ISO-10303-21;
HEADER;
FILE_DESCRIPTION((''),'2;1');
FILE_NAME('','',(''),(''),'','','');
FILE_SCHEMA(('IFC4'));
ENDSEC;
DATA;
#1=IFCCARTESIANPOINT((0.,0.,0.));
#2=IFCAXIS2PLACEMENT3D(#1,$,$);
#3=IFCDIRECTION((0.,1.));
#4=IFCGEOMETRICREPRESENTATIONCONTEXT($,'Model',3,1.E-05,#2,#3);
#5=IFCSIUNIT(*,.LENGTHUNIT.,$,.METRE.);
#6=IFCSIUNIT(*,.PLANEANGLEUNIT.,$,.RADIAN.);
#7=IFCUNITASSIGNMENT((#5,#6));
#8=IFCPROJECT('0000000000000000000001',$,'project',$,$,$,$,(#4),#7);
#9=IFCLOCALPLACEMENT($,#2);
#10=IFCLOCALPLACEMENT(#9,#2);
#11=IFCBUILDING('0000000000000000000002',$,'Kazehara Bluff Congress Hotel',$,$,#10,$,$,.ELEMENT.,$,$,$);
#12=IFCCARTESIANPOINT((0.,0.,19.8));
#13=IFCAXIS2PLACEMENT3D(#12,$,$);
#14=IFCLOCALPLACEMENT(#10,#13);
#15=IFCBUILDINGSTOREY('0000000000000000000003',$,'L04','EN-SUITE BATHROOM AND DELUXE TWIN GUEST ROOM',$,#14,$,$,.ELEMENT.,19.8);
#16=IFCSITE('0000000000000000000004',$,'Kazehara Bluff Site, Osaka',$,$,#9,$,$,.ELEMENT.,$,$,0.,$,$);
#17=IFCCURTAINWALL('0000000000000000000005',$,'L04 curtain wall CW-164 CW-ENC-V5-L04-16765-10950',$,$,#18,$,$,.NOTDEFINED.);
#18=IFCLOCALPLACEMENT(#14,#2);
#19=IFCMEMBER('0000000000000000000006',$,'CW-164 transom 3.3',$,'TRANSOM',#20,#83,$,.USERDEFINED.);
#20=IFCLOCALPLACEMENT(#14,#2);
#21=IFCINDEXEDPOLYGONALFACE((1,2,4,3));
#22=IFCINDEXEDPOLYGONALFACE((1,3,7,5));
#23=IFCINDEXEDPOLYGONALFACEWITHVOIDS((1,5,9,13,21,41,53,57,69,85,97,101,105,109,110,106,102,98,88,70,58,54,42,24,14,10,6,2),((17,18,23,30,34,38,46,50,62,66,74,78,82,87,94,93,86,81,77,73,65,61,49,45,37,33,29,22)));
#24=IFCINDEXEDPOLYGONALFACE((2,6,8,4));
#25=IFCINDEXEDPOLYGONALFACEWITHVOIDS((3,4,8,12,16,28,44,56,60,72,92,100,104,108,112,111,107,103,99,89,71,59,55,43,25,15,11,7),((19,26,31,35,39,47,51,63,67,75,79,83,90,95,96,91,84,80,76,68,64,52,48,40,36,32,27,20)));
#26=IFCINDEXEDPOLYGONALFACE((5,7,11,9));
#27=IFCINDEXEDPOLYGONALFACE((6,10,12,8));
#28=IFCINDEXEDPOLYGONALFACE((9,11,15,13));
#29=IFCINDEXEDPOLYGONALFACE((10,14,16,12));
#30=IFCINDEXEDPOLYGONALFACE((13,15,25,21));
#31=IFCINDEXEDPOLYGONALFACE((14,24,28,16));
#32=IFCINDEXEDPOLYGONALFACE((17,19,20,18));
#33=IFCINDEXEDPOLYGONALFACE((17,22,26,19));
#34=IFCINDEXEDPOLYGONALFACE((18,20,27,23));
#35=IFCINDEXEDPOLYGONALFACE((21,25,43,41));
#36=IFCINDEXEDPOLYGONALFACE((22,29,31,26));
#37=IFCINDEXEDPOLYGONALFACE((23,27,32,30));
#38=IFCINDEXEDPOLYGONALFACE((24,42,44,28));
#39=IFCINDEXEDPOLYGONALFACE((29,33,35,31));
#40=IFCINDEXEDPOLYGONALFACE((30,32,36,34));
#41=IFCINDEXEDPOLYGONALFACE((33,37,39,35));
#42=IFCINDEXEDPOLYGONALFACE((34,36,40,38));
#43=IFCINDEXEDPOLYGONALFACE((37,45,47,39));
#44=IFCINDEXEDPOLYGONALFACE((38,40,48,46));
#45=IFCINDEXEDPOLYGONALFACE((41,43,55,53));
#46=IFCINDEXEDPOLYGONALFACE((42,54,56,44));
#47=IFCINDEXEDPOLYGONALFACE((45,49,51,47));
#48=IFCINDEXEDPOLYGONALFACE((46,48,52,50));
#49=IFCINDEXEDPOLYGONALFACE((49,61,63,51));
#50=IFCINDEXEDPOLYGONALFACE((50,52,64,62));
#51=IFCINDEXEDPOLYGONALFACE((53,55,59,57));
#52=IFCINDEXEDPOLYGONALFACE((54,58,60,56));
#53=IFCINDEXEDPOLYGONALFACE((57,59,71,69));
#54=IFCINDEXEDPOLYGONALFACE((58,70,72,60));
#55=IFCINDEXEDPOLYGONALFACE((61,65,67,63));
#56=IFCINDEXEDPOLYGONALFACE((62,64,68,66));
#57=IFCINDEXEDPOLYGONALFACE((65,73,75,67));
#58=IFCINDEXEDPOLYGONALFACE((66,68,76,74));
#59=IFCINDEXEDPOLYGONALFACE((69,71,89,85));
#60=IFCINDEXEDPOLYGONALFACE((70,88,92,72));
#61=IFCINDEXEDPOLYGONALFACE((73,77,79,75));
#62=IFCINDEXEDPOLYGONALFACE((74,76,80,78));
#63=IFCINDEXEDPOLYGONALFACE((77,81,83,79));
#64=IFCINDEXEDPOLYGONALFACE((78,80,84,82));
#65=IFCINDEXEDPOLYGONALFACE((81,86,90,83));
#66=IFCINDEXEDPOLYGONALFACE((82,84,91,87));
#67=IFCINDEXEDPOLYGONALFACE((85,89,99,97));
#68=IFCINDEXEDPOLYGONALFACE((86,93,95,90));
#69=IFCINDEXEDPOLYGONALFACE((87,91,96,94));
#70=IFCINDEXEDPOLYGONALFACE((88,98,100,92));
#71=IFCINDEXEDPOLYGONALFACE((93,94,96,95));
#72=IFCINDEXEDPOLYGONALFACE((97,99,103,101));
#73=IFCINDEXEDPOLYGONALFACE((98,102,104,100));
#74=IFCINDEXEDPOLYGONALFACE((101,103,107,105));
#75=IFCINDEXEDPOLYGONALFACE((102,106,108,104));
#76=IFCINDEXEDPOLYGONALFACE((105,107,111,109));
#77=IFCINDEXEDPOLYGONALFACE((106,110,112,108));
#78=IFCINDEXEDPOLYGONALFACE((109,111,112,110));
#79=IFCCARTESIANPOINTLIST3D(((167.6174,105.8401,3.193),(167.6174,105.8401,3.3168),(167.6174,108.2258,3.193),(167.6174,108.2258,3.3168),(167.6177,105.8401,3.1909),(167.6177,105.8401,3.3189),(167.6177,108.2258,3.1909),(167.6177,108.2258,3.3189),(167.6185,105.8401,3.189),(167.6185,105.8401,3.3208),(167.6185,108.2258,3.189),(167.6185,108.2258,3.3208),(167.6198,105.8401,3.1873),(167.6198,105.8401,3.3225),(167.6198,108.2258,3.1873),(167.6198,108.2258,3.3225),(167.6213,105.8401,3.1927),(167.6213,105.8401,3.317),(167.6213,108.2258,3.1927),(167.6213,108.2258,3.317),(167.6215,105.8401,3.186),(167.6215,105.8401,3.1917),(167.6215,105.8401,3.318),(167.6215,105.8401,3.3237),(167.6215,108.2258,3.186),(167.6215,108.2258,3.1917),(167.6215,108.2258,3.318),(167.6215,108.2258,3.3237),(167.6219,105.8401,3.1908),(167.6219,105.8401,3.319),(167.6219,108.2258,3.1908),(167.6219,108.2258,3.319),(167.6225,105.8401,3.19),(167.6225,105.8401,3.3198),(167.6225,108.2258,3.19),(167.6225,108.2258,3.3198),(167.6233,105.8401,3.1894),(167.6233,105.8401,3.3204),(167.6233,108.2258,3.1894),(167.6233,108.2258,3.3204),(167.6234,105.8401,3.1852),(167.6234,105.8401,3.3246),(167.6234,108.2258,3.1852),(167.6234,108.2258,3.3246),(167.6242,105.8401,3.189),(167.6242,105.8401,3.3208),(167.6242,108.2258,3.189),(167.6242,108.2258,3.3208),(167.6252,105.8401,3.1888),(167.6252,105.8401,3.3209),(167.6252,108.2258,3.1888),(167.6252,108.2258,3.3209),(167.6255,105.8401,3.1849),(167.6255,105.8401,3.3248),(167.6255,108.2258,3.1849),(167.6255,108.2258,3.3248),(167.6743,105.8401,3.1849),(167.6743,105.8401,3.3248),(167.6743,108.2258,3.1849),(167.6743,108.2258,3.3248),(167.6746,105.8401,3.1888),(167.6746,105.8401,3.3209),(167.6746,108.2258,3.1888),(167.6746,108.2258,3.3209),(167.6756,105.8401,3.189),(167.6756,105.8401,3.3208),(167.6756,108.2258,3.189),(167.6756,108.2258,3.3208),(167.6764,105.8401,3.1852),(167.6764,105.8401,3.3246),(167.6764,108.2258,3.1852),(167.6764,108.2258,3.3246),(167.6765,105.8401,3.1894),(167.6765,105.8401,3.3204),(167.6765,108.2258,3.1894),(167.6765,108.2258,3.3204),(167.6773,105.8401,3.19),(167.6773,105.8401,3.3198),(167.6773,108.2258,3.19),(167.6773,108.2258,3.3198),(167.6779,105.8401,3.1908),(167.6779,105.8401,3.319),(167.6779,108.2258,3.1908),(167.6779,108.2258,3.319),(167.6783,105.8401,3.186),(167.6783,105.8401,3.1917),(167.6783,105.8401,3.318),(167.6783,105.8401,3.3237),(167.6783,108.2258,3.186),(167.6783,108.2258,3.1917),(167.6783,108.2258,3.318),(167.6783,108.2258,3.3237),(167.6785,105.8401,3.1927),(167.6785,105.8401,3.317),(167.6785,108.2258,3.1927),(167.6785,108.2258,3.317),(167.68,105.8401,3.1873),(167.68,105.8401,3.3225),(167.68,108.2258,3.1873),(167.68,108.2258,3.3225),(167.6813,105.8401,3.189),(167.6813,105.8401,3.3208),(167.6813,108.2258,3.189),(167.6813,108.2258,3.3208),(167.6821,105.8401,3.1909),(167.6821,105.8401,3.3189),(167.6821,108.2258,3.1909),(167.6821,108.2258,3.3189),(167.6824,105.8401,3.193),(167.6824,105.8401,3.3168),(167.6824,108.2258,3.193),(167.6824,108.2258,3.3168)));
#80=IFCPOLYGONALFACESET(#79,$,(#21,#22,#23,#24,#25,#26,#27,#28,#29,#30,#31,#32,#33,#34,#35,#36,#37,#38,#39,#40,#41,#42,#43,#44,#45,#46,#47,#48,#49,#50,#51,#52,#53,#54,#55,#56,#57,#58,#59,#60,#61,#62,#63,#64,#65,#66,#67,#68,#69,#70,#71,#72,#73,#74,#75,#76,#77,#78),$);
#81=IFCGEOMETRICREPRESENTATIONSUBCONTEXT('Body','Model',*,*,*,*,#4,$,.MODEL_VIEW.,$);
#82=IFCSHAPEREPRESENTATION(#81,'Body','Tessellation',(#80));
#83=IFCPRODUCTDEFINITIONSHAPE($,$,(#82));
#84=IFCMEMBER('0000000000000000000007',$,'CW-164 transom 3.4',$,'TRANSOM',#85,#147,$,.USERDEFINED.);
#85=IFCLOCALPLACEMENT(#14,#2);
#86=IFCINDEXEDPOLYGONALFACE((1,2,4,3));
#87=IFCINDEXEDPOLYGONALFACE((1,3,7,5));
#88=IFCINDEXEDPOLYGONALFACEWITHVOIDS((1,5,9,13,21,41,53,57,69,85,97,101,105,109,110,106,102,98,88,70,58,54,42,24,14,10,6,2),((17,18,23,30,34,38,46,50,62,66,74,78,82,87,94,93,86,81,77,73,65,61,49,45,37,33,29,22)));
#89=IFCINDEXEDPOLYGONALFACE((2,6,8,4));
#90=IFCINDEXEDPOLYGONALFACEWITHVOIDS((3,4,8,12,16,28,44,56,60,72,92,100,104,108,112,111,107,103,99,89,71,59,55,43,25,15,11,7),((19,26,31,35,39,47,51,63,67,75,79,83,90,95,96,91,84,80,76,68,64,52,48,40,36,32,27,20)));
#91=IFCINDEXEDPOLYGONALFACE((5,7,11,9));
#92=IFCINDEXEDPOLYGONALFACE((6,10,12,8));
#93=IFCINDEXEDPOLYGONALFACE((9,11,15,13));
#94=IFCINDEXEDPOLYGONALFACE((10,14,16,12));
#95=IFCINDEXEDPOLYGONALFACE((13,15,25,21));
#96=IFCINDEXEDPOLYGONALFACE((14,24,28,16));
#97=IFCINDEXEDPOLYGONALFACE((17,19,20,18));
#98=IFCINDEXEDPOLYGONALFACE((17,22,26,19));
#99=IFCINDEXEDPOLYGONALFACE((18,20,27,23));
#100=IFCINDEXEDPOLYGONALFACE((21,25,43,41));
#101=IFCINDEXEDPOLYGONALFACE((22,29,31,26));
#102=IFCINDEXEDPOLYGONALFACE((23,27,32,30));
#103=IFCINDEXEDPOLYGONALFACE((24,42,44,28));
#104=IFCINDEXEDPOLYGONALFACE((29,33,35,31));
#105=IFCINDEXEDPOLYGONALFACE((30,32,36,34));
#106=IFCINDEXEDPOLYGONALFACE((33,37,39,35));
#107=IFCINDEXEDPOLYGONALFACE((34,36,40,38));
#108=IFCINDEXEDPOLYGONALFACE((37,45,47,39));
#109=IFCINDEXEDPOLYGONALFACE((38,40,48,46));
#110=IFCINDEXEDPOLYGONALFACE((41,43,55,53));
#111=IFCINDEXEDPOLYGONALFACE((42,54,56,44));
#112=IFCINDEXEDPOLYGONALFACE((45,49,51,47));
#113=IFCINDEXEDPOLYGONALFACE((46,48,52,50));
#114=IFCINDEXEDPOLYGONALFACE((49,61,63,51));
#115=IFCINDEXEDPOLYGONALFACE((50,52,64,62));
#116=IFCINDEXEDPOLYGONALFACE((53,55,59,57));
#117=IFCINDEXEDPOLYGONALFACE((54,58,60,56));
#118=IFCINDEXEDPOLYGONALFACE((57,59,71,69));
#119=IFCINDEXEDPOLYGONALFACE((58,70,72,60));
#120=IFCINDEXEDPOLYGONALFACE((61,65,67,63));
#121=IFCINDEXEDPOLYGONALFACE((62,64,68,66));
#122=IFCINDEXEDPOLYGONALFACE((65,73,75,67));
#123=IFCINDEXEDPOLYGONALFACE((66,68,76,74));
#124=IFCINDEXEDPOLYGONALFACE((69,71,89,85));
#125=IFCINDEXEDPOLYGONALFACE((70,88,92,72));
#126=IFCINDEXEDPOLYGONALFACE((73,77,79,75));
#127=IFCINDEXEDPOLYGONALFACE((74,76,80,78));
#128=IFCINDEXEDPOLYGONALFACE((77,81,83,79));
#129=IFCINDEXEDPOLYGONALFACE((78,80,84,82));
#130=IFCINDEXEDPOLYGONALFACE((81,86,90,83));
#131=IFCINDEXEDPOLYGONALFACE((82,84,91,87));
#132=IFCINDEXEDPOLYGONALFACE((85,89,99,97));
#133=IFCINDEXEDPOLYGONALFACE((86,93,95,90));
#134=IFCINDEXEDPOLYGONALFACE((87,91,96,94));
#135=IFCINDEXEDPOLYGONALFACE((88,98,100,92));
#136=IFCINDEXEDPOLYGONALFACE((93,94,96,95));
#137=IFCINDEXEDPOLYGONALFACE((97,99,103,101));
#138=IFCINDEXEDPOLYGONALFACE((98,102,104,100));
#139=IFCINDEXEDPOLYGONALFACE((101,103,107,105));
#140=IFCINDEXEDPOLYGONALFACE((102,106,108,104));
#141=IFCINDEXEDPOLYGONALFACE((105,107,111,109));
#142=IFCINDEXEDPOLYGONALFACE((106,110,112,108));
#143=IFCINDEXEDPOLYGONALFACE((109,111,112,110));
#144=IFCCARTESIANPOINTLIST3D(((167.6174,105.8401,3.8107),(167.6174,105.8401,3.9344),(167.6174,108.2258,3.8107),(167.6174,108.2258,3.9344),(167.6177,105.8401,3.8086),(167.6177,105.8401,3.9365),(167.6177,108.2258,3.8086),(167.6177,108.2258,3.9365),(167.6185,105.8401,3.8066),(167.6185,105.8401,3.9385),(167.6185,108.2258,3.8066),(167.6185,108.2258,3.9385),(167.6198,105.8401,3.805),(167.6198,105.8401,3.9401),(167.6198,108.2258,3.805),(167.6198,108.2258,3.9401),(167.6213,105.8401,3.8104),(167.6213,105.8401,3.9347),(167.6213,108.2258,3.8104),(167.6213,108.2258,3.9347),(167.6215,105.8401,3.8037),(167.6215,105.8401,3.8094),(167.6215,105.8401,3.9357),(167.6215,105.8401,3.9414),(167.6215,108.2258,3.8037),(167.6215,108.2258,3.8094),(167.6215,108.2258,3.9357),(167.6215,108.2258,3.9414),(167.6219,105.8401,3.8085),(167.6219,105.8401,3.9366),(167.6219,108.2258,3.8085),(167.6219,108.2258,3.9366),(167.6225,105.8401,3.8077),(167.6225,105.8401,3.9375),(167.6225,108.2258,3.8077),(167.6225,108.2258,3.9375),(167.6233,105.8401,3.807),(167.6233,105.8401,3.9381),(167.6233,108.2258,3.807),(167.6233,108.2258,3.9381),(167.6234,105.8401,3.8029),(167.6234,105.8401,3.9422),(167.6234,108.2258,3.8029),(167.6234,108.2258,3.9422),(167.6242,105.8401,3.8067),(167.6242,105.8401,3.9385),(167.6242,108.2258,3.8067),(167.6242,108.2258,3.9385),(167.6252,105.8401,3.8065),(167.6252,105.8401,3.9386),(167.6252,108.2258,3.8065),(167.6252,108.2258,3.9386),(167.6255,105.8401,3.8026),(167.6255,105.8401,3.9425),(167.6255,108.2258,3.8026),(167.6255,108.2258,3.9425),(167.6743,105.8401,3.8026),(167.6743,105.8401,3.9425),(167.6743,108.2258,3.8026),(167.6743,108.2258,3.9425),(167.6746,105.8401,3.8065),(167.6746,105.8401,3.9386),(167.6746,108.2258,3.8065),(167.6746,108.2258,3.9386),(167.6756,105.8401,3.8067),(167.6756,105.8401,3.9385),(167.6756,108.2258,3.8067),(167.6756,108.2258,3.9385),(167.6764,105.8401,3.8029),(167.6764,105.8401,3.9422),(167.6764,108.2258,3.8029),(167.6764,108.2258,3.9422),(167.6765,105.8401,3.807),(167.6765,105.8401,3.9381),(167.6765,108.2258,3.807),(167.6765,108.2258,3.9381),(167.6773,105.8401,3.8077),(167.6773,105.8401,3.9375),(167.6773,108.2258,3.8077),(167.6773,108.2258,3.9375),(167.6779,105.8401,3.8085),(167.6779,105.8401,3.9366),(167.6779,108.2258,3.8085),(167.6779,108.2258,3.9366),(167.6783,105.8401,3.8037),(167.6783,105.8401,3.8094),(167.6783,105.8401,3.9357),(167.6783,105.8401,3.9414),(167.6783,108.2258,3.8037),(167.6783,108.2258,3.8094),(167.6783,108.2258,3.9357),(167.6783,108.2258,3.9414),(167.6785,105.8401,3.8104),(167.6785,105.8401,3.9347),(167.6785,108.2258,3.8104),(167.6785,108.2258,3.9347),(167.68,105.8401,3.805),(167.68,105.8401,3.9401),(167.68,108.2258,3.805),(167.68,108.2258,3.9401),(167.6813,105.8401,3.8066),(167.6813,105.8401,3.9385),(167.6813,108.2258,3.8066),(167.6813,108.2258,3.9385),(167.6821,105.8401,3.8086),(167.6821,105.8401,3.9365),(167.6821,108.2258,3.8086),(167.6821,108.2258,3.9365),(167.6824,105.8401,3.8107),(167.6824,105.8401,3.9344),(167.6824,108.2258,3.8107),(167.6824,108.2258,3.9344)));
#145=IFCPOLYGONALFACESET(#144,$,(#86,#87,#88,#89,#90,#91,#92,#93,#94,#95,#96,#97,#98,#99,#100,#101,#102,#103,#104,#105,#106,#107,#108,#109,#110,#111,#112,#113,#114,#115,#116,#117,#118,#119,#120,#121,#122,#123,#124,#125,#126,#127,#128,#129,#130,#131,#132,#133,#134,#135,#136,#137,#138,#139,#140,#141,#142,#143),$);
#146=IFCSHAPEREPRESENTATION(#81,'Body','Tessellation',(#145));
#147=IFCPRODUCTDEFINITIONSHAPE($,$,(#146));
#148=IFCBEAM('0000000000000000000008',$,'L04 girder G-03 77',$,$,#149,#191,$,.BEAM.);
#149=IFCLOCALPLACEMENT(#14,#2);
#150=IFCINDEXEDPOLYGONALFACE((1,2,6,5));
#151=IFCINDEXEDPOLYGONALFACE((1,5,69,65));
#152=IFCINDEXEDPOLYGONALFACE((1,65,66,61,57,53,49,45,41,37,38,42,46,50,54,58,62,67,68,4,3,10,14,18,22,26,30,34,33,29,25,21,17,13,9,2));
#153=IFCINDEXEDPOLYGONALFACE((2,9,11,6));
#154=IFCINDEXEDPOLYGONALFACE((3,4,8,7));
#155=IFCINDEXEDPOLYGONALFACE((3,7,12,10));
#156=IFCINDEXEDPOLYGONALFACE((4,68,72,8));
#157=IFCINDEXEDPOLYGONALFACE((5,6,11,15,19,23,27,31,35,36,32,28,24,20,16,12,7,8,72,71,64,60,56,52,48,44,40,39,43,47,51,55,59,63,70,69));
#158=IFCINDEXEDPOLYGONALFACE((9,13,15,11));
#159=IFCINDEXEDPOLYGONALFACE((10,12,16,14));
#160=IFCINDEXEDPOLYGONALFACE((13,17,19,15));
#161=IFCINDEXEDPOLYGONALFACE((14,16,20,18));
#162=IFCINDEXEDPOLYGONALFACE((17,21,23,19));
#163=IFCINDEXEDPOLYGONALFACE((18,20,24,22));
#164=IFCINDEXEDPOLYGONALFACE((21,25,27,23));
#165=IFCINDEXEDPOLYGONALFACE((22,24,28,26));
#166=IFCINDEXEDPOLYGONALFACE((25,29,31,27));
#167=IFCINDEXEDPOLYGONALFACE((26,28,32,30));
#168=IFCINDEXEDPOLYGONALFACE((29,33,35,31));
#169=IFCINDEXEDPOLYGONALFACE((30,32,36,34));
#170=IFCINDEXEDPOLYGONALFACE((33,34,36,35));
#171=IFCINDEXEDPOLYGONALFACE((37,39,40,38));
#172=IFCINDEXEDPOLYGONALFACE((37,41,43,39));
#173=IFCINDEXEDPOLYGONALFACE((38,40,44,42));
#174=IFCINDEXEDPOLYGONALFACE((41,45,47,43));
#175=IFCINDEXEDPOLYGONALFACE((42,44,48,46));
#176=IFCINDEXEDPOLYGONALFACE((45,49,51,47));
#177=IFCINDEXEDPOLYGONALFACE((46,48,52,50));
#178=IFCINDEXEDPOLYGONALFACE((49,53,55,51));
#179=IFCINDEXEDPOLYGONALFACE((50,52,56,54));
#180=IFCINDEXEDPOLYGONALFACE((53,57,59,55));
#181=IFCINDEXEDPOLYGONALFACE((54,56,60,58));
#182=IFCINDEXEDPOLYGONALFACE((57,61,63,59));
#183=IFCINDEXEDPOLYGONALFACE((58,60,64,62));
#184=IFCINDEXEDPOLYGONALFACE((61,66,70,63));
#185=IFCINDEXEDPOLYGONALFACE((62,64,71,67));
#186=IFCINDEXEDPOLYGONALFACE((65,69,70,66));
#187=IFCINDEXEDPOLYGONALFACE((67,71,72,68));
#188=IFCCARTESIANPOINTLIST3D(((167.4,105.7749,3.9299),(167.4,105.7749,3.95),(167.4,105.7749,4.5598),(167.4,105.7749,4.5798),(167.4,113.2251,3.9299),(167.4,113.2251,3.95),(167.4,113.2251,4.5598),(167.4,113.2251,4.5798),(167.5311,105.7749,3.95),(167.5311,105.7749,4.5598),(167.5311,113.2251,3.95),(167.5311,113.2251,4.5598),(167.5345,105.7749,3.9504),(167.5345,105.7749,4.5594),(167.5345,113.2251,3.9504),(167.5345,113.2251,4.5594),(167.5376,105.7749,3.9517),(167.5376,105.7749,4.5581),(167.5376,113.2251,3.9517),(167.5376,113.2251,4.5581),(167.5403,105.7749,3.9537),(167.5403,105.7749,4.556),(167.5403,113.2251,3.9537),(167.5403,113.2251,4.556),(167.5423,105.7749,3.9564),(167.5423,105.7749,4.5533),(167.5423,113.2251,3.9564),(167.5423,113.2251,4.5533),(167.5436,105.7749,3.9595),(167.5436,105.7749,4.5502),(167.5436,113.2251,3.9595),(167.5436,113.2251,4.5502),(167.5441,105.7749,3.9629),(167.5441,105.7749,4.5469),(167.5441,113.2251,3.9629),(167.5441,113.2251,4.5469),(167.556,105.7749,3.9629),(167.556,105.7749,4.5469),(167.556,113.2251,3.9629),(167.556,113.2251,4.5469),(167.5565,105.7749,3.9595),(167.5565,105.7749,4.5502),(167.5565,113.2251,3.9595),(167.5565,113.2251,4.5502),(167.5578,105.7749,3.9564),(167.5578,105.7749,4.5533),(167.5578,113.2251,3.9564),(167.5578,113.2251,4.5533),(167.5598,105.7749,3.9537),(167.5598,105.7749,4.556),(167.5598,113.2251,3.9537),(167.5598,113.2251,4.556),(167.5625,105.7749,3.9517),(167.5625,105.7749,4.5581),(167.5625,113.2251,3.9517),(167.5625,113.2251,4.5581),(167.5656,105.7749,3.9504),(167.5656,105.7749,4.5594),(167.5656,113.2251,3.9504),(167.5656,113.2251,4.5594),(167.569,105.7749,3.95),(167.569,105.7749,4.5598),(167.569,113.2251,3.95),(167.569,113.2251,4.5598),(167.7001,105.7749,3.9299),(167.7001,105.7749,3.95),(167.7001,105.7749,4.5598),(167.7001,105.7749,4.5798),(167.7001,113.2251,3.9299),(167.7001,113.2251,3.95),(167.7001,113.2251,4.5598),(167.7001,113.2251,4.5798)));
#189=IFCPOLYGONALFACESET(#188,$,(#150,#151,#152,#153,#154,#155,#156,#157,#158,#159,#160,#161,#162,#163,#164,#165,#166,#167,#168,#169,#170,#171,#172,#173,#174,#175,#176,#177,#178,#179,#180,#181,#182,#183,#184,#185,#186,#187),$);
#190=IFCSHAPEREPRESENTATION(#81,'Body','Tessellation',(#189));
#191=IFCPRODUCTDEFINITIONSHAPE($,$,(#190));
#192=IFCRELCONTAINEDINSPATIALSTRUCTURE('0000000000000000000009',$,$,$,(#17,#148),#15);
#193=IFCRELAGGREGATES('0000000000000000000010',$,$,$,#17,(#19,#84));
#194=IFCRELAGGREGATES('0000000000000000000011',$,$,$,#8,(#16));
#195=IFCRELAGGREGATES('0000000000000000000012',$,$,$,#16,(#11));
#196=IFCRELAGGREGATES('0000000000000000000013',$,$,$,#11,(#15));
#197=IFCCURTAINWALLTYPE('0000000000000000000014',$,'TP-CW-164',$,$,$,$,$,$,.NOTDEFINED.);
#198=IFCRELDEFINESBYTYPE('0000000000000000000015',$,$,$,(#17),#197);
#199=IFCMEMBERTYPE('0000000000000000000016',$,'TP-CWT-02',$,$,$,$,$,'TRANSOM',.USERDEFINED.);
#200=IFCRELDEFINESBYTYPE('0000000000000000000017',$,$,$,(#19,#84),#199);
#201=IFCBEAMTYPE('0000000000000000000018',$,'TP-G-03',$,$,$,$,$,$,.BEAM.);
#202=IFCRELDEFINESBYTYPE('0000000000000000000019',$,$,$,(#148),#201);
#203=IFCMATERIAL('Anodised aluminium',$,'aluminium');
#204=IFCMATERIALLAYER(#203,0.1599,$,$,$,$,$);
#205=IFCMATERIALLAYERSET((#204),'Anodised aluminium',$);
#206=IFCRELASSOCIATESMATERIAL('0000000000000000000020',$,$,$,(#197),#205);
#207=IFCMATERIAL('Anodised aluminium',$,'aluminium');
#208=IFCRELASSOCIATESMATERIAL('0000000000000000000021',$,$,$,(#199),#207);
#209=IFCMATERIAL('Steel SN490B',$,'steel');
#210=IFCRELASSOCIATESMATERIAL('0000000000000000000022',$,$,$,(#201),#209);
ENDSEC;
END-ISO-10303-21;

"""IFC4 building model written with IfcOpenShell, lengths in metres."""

from ifc_helpers import new_model, si_unit, direction, frame, origin, origin_2d, place, context, subcontext, project, spatial, hollow_rectangle, i_section, extrude, material, layer, layer_set, material_profile, profile_set, type_object, element, aggregate, save


model = new_model("IFC4")

# Units and contexts
model_context = context("Model", 3, precision=1e-05, world=origin(), true_north=direction((0.0, 1.0)))
body_context = subcontext(model_context, "Body", "Model", "MODEL_VIEW")
ifc_project = project(units=[si_unit("LENGTHUNIT", "METRE"), si_unit("PLANEANGLEUNIT", "RADIAN")], contexts=[model_context])

# Site, building, storey
site_placement = place(None, origin())
site = spatial("IfcSite", under=ifc_project, at=site_placement, Name="Kazehara Bluff Site, Osaka", CompositionType="ELEMENT", RefElevation=0.0)
building_placement = place(site_placement, origin())
building = spatial("IfcBuilding", under=site, at=building_placement, Name="Kazehara Bluff Congress Hotel", CompositionType="ELEMENT")
storey_placement = place(building_placement, frame((0.0, 0.0, 19.8)))
storey = spatial("IfcBuildingStorey", under=building, at=storey_placement, Name="L04", Description="EN-SUITE BATHROOM AND DELUXE TWIN GUEST ROOM", CompositionType="ELEMENT", Elevation=19.8)

# Curtain wall
ifc_material_1 = material(Name="Anodised aluminium", Category="aluminium")
ifc_layer_1 = layer(ifc_material_1, 0.1599)
ifc_layer_set_1 = layer_set([ifc_layer_1], Name="Anodised aluminium")
curtain_wall_type_1 = type_object("IfcCurtainWallType", Name="TP-CW-164", PredefinedType="NOTDEFINED", material=ifc_layer_set_1)
curtain_wall_1_placement = place(storey_placement, origin())
curtain_wall_1 = element("IfcCurtainWall", 1, at=curtain_wall_1_placement, inside=storey, type_object=curtain_wall_type_1, Name="L04 curtain wall CW-164 CW-ENC-V5-L04-16765-10950", PredefinedType="NOTDEFINED")

# Members
ifc_material_2 = material(Name="Anodised aluminium", Category="aluminium")
ifc_material_profile_1 = material_profile(ifc_material_2, hollow_rectangle(XDim=0.0649, YDim=0.1399, WallThickness=0.0039, InnerFilletRadius=0.0039, OuterFilletRadius=0.0081, at=origin_2d()))
ifc_profile_set_1 = profile_set([ifc_material_profile_1], Name="Anodised aluminium")
member_type_1 = type_object("IfcMemberType", Name="TP-CWT-02", ElementType="TRANSOM", PredefinedType="USERDEFINED", material=ifc_profile_set_1)
member_1_placement = place(storey_placement, frame((167.6499, 108.2258, 3.2549), z_axis=(0.0, -1.0, 0.0), x_axis=(1.0, 0.0, 0.0)))
member_1 = element("IfcMember", 2, at=member_1_placement, type_object=member_type_1, Name="CW-164 transom 3.3", ObjectType="TRANSOM", PredefinedType="USERDEFINED", context=body_context, shape_type="SweptSolid", body=[
    extrude(hollow_rectangle(XDim=0.0649, YDim=0.1399, WallThickness=0.0039, InnerFilletRadius=0.0039, OuterFilletRadius=0.0081, at=origin_2d()), origin(), (0.0, 0.0, 1.0), 2.3857),
])
member_2_placement = place(storey_placement, frame((167.6499, 108.2258, 3.8726), z_axis=(0.0, -1.0, 0.0), x_axis=(1.0, 0.0, 0.0)))
member_2 = element("IfcMember", 3, at=member_2_placement, type_object=member_type_1, Name="CW-164 transom 3.4", ObjectType="TRANSOM", PredefinedType="USERDEFINED", context=body_context, shape_type="SweptSolid", body=[
    extrude(hollow_rectangle(XDim=0.0649, YDim=0.1399, WallThickness=0.0039, InnerFilletRadius=0.0039, OuterFilletRadius=0.0081, at=origin_2d()), origin(), (0.0, 0.0, 1.0), 2.3857),
])

# Beam
ifc_material_3 = material(Name="Steel SN490B", Category="steel")
ifc_material_profile_2 = material_profile(ifc_material_3, i_section(OverallWidth=0.3, OverallDepth=0.6499, WebThickness=0.012, FlangeThickness=0.02, FilletRadius=0.0129, at=origin_2d()))
ifc_profile_set_2 = profile_set([ifc_material_profile_2], Name="Steel SN490B")
beam_type = type_object("IfcBeamType", Name="TP-G-03", PredefinedType="BEAM", material=ifc_profile_set_2)
beam_1_placement = place(storey_placement, frame((167.55, 105.7749, 4.2549), z_axis=(0.0, 1.0, 0.0), x_axis=(-1.0, 0.0, 0.0)))
element("IfcBeam", 4, at=beam_1_placement, inside=storey, type_object=beam_type, Name="L04 girder G-03 77", PredefinedType="BEAM", context=body_context, shape_type="SweptSolid", body=[
    extrude(i_section(OverallWidth=0.3, OverallDepth=0.6499, WebThickness=0.012, FlangeThickness=0.02, FilletRadius=0.0129, at=origin_2d()), origin(), (0.0, 0.0, 1.0), 7.4502),
])

aggregate(curtain_wall_1, [member_1, member_2])

save(model, "model.ifc")
